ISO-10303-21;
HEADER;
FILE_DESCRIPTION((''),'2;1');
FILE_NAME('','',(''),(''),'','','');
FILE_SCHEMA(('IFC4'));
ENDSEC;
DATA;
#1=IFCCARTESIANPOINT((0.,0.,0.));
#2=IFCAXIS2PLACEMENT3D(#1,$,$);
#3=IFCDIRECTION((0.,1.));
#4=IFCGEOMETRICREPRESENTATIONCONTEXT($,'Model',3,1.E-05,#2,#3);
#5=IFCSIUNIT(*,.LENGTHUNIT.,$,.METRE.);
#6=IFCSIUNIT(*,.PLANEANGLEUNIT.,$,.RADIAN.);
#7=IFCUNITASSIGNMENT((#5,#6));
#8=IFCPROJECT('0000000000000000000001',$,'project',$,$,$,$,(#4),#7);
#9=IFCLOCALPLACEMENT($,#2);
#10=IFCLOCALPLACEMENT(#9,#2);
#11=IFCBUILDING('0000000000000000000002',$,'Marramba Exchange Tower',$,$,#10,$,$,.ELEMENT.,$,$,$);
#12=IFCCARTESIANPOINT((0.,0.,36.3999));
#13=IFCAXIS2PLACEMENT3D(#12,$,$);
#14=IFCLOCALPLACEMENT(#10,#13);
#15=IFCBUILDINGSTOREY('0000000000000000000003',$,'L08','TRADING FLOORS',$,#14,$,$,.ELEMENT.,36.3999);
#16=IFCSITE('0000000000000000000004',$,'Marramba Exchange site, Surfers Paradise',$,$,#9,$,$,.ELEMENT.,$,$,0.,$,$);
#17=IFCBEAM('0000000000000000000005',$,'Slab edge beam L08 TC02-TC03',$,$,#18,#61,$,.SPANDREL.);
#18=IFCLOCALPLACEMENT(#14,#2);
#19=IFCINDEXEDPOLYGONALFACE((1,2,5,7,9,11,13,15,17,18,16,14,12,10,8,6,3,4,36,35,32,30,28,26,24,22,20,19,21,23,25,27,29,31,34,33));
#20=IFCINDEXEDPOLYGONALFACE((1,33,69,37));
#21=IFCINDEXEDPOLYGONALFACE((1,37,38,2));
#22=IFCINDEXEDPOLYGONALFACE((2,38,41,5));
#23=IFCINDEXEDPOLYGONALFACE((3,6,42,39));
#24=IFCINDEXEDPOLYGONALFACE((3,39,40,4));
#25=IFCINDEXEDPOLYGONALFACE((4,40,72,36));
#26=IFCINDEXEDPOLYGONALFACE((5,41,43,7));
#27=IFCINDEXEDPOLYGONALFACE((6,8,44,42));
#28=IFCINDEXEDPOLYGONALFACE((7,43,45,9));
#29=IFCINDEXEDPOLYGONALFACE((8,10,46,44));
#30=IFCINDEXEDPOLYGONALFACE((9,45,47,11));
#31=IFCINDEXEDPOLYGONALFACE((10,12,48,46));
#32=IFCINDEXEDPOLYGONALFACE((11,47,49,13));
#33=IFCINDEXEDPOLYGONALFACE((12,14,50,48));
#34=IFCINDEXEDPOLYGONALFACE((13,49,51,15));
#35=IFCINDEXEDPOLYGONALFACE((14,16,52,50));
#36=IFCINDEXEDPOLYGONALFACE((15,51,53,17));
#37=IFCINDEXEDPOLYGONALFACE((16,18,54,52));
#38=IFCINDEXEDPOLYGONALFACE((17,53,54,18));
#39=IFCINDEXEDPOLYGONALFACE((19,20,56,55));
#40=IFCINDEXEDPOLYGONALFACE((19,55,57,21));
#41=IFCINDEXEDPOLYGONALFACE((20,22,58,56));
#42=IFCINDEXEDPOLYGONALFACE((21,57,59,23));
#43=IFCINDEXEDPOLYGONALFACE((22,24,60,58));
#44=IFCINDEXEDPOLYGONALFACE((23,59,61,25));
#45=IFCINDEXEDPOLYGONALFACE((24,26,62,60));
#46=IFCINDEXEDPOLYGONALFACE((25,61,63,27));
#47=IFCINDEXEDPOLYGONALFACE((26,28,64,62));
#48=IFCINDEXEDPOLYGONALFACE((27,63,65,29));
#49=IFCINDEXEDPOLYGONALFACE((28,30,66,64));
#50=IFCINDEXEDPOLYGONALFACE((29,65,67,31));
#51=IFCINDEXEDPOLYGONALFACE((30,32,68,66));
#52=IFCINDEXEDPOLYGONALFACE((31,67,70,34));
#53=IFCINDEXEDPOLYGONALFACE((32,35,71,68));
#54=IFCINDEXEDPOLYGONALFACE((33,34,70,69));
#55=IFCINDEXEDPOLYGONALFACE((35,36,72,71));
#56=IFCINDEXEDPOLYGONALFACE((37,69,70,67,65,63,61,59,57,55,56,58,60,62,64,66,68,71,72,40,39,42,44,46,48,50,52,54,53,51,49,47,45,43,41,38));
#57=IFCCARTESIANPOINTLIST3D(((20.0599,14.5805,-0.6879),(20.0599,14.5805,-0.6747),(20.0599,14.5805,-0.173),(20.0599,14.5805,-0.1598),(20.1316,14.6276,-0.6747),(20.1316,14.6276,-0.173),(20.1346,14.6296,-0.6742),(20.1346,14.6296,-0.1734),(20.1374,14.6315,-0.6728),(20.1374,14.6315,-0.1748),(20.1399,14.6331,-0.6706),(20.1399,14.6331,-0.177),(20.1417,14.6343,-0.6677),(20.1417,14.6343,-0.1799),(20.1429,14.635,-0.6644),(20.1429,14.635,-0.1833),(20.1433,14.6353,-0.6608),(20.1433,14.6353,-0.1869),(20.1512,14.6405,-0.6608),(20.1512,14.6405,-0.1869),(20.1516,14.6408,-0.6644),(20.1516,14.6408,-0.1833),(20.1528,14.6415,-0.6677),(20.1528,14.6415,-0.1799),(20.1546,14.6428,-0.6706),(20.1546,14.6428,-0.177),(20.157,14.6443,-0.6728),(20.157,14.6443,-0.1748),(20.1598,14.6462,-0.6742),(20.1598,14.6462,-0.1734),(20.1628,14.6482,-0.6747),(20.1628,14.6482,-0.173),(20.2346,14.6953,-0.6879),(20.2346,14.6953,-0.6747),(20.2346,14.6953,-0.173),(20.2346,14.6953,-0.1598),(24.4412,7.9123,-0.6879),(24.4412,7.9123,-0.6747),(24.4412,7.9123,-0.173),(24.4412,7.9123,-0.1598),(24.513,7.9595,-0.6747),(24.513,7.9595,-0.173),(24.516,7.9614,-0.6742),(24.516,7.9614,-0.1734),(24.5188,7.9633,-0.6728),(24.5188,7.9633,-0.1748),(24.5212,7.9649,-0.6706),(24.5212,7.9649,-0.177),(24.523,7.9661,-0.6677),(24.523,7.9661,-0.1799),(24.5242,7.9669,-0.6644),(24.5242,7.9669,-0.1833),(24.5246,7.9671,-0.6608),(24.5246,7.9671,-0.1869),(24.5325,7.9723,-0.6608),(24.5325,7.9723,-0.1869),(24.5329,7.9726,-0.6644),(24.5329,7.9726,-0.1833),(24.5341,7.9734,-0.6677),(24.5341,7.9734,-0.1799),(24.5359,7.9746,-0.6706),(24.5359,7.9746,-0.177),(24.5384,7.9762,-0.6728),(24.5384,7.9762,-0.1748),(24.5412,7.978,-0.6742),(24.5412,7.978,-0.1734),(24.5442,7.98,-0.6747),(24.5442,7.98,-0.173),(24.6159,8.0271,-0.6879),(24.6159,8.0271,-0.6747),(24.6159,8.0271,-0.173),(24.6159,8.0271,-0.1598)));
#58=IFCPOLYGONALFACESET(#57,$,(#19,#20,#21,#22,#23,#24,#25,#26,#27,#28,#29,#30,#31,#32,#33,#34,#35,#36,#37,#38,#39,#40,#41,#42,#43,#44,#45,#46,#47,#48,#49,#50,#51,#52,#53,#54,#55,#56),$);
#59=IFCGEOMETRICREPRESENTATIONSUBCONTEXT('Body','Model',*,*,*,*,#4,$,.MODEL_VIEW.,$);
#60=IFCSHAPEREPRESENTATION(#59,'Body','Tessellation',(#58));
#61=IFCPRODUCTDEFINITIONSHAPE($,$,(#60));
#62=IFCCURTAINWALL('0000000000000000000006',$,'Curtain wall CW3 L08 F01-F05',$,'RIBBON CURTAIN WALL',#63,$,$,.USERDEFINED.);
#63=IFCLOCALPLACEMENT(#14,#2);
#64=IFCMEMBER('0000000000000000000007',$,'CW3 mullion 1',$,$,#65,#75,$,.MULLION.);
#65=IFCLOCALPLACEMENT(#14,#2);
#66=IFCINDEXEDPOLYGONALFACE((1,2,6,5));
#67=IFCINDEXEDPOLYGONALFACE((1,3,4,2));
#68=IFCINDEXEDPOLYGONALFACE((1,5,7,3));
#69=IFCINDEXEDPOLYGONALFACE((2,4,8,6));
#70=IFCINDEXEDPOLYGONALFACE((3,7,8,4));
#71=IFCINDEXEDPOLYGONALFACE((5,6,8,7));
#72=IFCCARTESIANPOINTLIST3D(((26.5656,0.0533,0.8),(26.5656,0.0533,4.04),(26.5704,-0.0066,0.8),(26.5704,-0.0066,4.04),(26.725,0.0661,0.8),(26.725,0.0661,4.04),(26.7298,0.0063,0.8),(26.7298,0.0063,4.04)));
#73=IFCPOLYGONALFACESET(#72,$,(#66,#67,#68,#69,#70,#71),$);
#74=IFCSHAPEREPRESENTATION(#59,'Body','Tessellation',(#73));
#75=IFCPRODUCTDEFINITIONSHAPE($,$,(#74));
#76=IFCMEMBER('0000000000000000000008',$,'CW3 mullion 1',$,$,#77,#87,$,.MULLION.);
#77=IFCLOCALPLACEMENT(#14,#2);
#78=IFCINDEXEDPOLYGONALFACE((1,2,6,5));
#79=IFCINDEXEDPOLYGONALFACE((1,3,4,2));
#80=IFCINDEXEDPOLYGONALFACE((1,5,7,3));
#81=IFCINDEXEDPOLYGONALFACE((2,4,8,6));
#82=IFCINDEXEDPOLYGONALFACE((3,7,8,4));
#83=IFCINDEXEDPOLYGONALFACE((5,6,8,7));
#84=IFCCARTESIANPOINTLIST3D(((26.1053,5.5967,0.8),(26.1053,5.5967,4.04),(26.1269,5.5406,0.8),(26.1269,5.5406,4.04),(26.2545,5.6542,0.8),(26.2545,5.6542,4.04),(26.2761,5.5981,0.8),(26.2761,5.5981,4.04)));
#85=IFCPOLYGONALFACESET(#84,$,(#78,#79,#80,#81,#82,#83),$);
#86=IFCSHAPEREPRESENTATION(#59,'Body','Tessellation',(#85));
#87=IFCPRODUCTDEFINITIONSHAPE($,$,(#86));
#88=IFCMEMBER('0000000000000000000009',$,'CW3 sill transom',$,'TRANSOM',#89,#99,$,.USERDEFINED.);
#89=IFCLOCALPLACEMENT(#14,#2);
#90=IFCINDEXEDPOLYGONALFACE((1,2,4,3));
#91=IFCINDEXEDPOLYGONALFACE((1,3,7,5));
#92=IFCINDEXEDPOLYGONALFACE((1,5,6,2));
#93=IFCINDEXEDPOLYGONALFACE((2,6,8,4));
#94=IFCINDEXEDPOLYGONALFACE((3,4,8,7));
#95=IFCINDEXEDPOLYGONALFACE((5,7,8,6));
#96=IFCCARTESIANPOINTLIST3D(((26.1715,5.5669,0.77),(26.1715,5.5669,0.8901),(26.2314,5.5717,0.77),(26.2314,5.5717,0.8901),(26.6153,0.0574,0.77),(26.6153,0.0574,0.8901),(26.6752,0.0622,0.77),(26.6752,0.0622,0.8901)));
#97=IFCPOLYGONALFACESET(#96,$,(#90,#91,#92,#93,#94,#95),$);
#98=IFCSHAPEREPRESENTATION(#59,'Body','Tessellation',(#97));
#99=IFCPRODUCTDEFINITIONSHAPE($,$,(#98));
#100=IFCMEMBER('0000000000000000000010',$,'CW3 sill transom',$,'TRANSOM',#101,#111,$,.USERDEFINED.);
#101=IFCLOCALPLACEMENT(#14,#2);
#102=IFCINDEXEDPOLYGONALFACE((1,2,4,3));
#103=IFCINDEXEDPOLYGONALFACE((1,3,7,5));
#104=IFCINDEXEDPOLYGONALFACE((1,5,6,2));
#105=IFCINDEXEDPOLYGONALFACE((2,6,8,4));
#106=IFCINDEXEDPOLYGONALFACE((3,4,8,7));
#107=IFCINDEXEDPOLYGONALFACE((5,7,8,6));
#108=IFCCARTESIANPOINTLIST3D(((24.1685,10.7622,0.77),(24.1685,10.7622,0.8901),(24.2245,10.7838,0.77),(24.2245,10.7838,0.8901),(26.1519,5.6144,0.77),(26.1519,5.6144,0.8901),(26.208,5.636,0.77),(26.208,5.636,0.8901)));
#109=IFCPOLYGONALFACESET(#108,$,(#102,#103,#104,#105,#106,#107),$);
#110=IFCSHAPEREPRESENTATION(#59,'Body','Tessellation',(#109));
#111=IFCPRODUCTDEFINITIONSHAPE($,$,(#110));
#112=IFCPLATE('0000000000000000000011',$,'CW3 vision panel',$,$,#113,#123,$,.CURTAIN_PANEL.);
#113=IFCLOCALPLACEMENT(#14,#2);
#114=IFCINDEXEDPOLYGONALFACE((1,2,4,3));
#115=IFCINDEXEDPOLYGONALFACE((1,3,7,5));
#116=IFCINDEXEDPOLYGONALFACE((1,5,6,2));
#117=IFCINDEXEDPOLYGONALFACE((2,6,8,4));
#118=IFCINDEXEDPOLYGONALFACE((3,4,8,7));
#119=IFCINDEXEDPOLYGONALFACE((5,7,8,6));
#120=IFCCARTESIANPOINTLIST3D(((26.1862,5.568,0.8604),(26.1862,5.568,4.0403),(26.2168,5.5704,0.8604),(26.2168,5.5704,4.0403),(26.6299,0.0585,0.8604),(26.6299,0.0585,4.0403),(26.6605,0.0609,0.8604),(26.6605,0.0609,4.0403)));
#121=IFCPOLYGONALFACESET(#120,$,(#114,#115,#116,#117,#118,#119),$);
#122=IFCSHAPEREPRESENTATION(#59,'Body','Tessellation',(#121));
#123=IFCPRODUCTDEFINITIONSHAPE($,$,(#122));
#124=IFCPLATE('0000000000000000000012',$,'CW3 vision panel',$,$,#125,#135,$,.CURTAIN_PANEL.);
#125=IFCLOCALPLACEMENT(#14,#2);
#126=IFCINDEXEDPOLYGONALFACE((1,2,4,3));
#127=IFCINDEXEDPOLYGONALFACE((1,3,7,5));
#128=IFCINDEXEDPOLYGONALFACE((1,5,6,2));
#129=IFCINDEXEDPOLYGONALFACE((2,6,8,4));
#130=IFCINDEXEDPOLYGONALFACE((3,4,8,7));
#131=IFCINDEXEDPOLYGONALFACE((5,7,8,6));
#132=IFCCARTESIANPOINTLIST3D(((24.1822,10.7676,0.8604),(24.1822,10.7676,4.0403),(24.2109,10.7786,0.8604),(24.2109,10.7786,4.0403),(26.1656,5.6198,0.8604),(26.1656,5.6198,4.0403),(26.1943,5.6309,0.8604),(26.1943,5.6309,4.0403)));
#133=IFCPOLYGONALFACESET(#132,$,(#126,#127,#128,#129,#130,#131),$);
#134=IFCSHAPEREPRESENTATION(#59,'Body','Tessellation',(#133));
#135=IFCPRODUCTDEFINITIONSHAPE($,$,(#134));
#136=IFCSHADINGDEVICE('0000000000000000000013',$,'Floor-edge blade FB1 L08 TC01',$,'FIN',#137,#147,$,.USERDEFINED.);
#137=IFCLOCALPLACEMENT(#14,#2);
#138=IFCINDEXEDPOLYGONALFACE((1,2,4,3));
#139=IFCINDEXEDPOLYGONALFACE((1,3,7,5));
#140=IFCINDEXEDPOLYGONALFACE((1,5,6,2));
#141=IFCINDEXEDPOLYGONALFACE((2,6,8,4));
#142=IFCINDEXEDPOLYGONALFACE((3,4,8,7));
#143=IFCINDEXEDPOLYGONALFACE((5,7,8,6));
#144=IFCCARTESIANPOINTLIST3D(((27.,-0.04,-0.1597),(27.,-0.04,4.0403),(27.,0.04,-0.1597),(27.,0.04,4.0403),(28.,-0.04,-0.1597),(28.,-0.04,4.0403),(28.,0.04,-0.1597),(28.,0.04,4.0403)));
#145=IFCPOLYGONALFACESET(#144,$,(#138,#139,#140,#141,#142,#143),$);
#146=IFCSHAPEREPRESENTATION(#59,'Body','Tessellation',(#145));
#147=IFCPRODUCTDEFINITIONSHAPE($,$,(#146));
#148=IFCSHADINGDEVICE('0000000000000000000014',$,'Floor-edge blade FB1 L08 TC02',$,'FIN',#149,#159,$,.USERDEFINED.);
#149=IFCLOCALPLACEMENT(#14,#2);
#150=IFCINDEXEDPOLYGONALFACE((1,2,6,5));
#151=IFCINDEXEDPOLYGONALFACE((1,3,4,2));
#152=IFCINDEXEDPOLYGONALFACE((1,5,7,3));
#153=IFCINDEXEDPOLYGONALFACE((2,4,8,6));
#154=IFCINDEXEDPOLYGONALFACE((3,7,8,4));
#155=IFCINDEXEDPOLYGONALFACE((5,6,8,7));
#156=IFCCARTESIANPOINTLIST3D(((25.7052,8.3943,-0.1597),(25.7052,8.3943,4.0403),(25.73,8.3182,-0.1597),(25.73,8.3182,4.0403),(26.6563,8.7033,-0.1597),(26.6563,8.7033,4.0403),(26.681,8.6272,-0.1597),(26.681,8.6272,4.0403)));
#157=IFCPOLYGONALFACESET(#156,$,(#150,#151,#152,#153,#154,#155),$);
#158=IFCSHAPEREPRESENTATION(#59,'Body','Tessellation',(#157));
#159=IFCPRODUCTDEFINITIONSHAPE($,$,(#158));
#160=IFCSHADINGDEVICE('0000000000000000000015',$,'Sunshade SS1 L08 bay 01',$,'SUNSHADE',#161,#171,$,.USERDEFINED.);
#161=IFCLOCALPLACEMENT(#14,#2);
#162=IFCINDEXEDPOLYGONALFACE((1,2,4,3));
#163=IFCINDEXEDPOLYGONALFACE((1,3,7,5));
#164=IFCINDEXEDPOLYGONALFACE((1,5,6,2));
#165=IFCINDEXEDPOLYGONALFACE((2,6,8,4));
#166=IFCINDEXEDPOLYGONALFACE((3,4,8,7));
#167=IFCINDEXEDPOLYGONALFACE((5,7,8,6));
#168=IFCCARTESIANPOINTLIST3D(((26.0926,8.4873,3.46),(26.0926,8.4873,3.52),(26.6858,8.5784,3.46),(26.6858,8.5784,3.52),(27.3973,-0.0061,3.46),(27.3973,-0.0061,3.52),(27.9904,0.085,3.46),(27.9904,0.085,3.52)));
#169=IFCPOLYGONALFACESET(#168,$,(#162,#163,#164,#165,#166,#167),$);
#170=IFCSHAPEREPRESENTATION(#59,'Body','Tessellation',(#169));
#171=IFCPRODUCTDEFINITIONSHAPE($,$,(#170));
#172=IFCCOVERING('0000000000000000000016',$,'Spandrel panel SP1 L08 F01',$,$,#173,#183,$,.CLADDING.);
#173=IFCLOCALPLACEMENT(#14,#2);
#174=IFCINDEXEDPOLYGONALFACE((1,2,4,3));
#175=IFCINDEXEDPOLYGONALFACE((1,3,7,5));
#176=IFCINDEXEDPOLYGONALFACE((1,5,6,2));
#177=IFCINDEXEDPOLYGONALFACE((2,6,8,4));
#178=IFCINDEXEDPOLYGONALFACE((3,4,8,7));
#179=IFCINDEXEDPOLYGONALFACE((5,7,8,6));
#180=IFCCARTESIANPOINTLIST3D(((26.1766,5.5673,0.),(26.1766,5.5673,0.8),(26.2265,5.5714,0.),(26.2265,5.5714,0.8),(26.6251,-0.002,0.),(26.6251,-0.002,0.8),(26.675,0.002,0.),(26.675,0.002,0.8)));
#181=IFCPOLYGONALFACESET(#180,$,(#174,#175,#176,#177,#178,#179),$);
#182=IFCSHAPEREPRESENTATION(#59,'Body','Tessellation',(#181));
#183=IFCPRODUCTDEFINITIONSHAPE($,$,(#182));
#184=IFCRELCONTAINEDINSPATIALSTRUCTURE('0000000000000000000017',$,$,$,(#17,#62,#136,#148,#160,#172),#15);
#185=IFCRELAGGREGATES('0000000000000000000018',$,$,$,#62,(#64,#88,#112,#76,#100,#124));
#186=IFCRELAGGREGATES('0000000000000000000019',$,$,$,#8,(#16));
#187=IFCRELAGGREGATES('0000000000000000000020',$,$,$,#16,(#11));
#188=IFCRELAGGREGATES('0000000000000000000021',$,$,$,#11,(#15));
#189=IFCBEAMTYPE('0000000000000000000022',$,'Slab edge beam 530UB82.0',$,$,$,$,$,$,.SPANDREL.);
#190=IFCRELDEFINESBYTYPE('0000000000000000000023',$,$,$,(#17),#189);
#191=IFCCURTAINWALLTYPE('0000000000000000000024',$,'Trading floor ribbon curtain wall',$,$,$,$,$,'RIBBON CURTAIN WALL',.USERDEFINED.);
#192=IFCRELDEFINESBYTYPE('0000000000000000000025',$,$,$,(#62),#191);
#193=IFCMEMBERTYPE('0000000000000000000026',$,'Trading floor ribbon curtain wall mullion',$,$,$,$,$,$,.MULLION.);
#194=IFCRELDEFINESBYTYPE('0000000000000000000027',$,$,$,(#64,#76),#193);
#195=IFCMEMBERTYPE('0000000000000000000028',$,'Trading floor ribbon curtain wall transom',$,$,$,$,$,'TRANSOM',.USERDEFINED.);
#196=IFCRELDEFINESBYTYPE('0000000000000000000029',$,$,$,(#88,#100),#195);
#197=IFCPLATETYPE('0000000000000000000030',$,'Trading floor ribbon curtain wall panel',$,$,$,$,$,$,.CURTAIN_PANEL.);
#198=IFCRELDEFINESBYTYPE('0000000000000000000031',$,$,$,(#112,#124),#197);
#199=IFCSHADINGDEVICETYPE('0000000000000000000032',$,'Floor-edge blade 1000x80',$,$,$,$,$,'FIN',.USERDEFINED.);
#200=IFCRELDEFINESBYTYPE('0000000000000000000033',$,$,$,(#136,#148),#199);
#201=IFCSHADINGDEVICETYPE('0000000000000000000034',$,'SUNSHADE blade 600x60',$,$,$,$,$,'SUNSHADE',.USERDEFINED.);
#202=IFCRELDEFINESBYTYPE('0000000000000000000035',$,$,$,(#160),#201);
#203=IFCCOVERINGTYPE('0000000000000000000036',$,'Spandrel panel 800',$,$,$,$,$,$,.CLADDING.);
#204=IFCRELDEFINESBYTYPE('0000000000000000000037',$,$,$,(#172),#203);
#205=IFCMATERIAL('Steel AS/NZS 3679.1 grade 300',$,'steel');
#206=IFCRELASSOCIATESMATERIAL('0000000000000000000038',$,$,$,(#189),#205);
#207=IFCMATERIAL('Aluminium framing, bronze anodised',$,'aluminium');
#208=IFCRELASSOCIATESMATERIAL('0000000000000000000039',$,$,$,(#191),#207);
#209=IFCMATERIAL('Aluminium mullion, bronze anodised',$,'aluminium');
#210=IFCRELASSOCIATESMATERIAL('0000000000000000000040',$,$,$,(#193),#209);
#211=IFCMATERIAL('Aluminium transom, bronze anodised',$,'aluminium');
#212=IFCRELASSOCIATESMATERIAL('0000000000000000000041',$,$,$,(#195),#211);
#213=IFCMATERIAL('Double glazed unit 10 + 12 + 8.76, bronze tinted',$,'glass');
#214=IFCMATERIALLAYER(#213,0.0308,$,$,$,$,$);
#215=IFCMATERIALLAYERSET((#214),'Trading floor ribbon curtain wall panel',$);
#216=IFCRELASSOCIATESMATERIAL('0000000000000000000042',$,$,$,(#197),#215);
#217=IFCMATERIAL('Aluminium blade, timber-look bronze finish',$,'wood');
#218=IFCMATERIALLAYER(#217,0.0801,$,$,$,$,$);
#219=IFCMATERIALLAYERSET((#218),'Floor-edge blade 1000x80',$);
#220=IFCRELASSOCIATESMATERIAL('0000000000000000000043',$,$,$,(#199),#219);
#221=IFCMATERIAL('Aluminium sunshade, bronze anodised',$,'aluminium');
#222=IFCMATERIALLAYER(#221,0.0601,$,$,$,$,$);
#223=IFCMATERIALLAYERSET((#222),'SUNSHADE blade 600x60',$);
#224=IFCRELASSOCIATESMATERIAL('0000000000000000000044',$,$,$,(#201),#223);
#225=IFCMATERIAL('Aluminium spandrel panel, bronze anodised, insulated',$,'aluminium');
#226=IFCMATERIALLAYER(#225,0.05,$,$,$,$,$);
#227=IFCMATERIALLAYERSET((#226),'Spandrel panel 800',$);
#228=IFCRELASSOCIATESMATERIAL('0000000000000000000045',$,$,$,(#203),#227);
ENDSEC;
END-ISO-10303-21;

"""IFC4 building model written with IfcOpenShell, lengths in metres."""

from ifc_helpers import new_model, si_unit, direction, frame, origin, origin_2d, place, context, subcontext, project, spatial, rectangle, i_section, extrude, material, layer, layer_set, material_profile, profile_set, type_object, element, aggregate, save


model = new_model("IFC4")

# Units and contexts
model_context = context("Model", 3, precision=1e-05, world=origin(), true_north=direction((0.0, 1.0)))
body_context = subcontext(model_context, "Body", "Model", "MODEL_VIEW")
ifc_project = project(units=[si_unit("LENGTHUNIT", "METRE"), si_unit("PLANEANGLEUNIT", "RADIAN")], contexts=[model_context])

# Site, building, storey
site_placement = place(None, origin())
site = spatial("IfcSite", under=ifc_project, at=site_placement, Name="Marramba Exchange site, Surfers Paradise", CompositionType="ELEMENT", RefElevation=0.0)
building_placement = place(site_placement, origin())
building = spatial("IfcBuilding", under=site, at=building_placement, Name="Marramba Exchange Tower", CompositionType="ELEMENT")
storey_placement = place(building_placement, frame((0.0, 0.0, 36.3999)))
storey = spatial("IfcBuildingStorey", under=building, at=storey_placement, Name="L08", Description="TRADING FLOORS", CompositionType="ELEMENT", Elevation=36.3999)

# Beam
ifc_material_1 = material(Name="Steel AS/NZS 3679.1 grade 300", Category="steel")
ifc_material_profile_1 = material_profile(ifc_material_1, i_section(OverallWidth=0.209, OverallDepth=0.5281, WebThickness=0.0095, FlangeThickness=0.0132, FilletRadius=0.0139, at=origin_2d()), Name="530UB82.0")
ifc_profile_set_1 = profile_set([ifc_material_profile_1], Name="Steel AS/NZS 3679.1 grade 300")
beam_type_1 = type_object("IfcBeamType", Name="Slab edge beam 530UB82.0", PredefinedType="SPANDREL", material=ifc_profile_set_1)
beam_1_placement = place(storey_placement, frame((24.5286, 7.9697, -0.4238), z_axis=(-0.549124, 0.835741, 0.0), x_axis=(-0.835741, -0.549124, 0.0)))
element("IfcBeam", 1, at=beam_1_placement, inside=storey, type_object=beam_type_1, Name="Slab edge beam L08 TC02-TC03", PredefinedType="SPANDREL", context=body_context, shape_type="SweptSolid", body=[
    extrude(i_section(OverallWidth=0.209, OverallDepth=0.5281, WebThickness=0.0095, FlangeThickness=0.0132, FilletRadius=0.0139, at=origin_2d()), origin(), (0.0, 0.0, 1.0), 7.9788),
])

# Curtain wall, members, plates
ifc_material_2 = material(Name="Aluminium framing, bronze anodised", Category="aluminium")
curtain_wall_type = type_object("IfcCurtainWallType", Name="Trading floor ribbon curtain wall", ElementType="RIBBON CURTAIN WALL", PredefinedType="USERDEFINED", material=ifc_material_2)
curtain_wall_placement = place(storey_placement, origin())
curtain_wall = element("IfcCurtainWall", 2, at=curtain_wall_placement, inside=storey, type_object=curtain_wall_type, Name="Curtain wall CW3 L08 F01-F05", ObjectType="RIBBON CURTAIN WALL", PredefinedType="USERDEFINED")
ifc_material_3 = material(Name="Aluminium mullion, bronze anodised", Category="aluminium")
ifc_material_profile_2 = material_profile(ifc_material_3, rectangle(XDim=0.1599, YDim=0.0601, at=origin_2d()), Name="CW3 mullion 60x160")
ifc_profile_set_2 = profile_set([ifc_material_profile_2], Name="Aluminium mullion, bronze anodised")
member_type_1 = type_object("IfcMemberType", Name="Trading floor ribbon curtain wall mullion", PredefinedType="MULLION", material=ifc_profile_set_2)
member_1_placement = place(storey_placement, frame((26.6477, 0.0298, 0.8), z_axis=(0.0, 0.0, 1.0), x_axis=(-0.996773, -0.080275, 0.0)))
member_1 = element("IfcMember", 3, at=member_1_placement, type_object=member_type_1, Name="CW3 mullion 1", PredefinedType="MULLION", context=body_context, shape_type="SweptSolid", body=[
    extrude(rectangle(XDim=0.1599, YDim=0.0601, at=origin_2d()), origin(), (0.0, 0.0, 1.0), 3.24),
])
member_2_placement = place(storey_placement, frame((26.1907, 5.5974, 0.8), z_axis=(0.0, 0.0, 1.0), x_axis=(-0.933135, -0.359526, 0.0)))
member_2 = element("IfcMember", 4, at=member_2_placement, type_object=member_type_1, Name="CW3 mullion 1", PredefinedType="MULLION", context=body_context, shape_type="SweptSolid", body=[
    extrude(rectangle(XDim=0.1599, YDim=0.0601, at=origin_2d()), origin(), (0.0, 0.0, 1.0), 3.24),
])
ifc_material_4 = material(Name="Aluminium transom, bronze anodised", Category="aluminium")
ifc_material_profile_3 = material_profile(ifc_material_4, rectangle(XDim=0.0601, YDim=0.1201, at=origin_2d()), Name="CW3 transom 60x120")
ifc_profile_set_3 = profile_set([ifc_material_profile_3], Name="Aluminium transom, bronze anodised")
member_type_2 = type_object("IfcMemberType", Name="Trading floor ribbon curtain wall transom", ElementType="TRANSOM", PredefinedType="USERDEFINED", material=ifc_profile_set_3)
member_3_placement = place(storey_placement, frame((26.6453, 0.0598, 0.8301), z_axis=(-0.0803, 0.996771, 0.0), x_axis=(-0.996771, -0.0803, 0.0)))
member_3 = element("IfcMember", 5, at=member_3_placement, type_object=member_type_2, Name="CW3 sill transom", ObjectType="TRANSOM", PredefinedType="USERDEFINED", context=body_context, shape_type="SweptSolid", body=[
    extrude(rectangle(XDim=0.0601, YDim=0.1201, at=origin_2d()), origin(), (0.0, 0.0, 1.0), 5.5273),
])
member_4_placement = place(storey_placement, frame((26.1799, 5.6252, 0.8301), z_axis=(-0.359534, 0.933132, 0.0), x_axis=(-0.933132, -0.359534, 0.0)))
member_4 = element("IfcMember", 6, at=member_4_placement, type_object=member_type_2, Name="CW3 sill transom", ObjectType="TRANSOM", PredefinedType="USERDEFINED", context=body_context, shape_type="SweptSolid", body=[
    extrude(rectangle(XDim=0.0601, YDim=0.1201, at=origin_2d()), origin(), (0.0, 0.0, 1.0), 5.5166),
])
ifc_material_5 = material(Name="Double glazed unit 10 + 12 + 8.76, bronze tinted", Category="glass")
ifc_layer_1 = layer(ifc_material_5, 0.0308)
ifc_layer_set_1 = layer_set([ifc_layer_1], Name="Trading floor ribbon curtain wall panel")
plate_type = type_object("IfcPlateType", Name="Trading floor ribbon curtain wall panel", PredefinedType="CURTAIN_PANEL", material=ifc_layer_set_1)
plate_1_placement = place(storey_placement, frame((26.4233, 2.8145, 0.8604), z_axis=(0.0, 0.0, 1.0), x_axis=(-0.080275, 0.996773, 0.0)))
plate_1 = element("IfcPlate", 7, at=plate_1_placement, type_object=plate_type, Name="CW3 vision panel", PredefinedType="CURTAIN_PANEL", context=body_context, shape_type="SweptSolid", body=[
    extrude(rectangle(XDim=5.5273, YDim=0.0308, at=origin_2d()), origin(), (0.0, 0.0, 1.0), 3.1799),
])
plate_2_placement = place(storey_placement, frame((25.1882, 8.1992, 0.8604), z_axis=(0.0, 0.0, 1.0), x_axis=(-0.359526, 0.933135, 0.0)))
plate_2 = element("IfcPlate", 8, at=plate_2_placement, type_object=plate_type, Name="CW3 vision panel", PredefinedType="CURTAIN_PANEL", context=body_context, shape_type="SweptSolid", body=[
    extrude(rectangle(XDim=5.5166, YDim=0.0308, at=origin_2d()), origin(), (0.0, 0.0, 1.0), 3.1799),
])
aggregate(curtain_wall, [member_1, member_3, plate_1, member_2, member_4, plate_2])

# Shading devices
ifc_material_6 = material(Name="Aluminium blade, timber-look bronze finish", Category="wood")
ifc_layer_2 = layer(ifc_material_6, 0.0801)
ifc_layer_set_2 = layer_set([ifc_layer_2], Name="Floor-edge blade 1000x80")
shading_device_type_1 = type_object("IfcShadingDeviceType", Name="Floor-edge blade 1000x80", ElementType="FIN", PredefinedType="USERDEFINED", material=ifc_layer_set_2)
for number, where, z_axis, x_axis, name in (
    (9, (27.5, 0.0, -0.1597), (0.0, 0.0, 1.0), (1.0, 0.0, 0.0), "Floor-edge blade FB1 L08 TC01"),
    (10, (26.1931, 8.5107, -0.1597), (0.0, 0.0, 1.0), (0.951057, 0.309017, 0.0), "Floor-edge blade FB1 L08 TC02"),
):
    element("IfcShadingDevice", number, at=place(storey_placement, frame(where, z_axis=z_axis, x_axis=x_axis)), inside=storey, type_object=shading_device_type_1, Name=name, ObjectType="FIN", PredefinedType="USERDEFINED", context=body_context, shape_type="SweptSolid", body=[
        extrude(rectangle(XDim=1.0, YDim=0.0801, at=origin_2d()), origin(), (0.0, 0.0, 1.0), 4.2),
    ])
ifc_material_7 = material(Name="Aluminium sunshade, bronze anodised", Category="aluminium")
ifc_layer_3 = layer(ifc_material_7, 0.0601)
ifc_layer_set_3 = layer_set([ifc_layer_3], Name="SUNSHADE blade 600x60")
shading_device_type_2 = type_object("IfcShadingDeviceType", Name="SUNSHADE blade 600x60", ElementType="SUNSHADE", PredefinedType="USERDEFINED", material=ifc_layer_set_3)
shading_device_placement = place(storey_placement, frame((27.0415, 4.2861, 3.46), z_axis=(0.0, 0.0, 1.0), x_axis=(-0.151825, 0.988407, 0.0)))
element("IfcShadingDevice", 11, at=shading_device_placement, inside=storey, type_object=shading_device_type_2, Name="Sunshade SS1 L08 bay 01", ObjectType="SUNSHADE", PredefinedType="USERDEFINED", context=body_context, shape_type="SweptSolid", body=[
    extrude(rectangle(XDim=8.593, YDim=0.6001, at=origin_2d()), origin(), (0.0, 0.0, 1.0), 0.0601),
])

# Covering
ifc_material_8 = material(Name="Aluminium spandrel panel, bronze anodised, insulated", Category="aluminium")
ifc_layer_4 = layer(ifc_material_8, 0.05)
ifc_layer_set_4 = layer_set([ifc_layer_4], Name="Spandrel panel 800")
covering_type = type_object("IfcCoveringType", Name="Spandrel panel 800", PredefinedType="CLADDING", material=ifc_layer_set_4)
covering_1_placement = place(storey_placement, frame((26.4258, 2.7847, 0.0), z_axis=(0.0, 0.0, 1.0), x_axis=(-0.080275, 0.996773, 0.0)))
element("IfcCovering", 12, at=covering_1_placement, inside=storey, type_object=covering_type, Name="Spandrel panel SP1 L08 F01", PredefinedType="CLADDING", context=body_context, shape_type="SweptSolid", body=[
    extrude(rectangle(XDim=5.5874, YDim=0.05, at=origin_2d()), origin(), (0.0, 0.0, 1.0), 0.8),
])

save(model, "model.ifc")
